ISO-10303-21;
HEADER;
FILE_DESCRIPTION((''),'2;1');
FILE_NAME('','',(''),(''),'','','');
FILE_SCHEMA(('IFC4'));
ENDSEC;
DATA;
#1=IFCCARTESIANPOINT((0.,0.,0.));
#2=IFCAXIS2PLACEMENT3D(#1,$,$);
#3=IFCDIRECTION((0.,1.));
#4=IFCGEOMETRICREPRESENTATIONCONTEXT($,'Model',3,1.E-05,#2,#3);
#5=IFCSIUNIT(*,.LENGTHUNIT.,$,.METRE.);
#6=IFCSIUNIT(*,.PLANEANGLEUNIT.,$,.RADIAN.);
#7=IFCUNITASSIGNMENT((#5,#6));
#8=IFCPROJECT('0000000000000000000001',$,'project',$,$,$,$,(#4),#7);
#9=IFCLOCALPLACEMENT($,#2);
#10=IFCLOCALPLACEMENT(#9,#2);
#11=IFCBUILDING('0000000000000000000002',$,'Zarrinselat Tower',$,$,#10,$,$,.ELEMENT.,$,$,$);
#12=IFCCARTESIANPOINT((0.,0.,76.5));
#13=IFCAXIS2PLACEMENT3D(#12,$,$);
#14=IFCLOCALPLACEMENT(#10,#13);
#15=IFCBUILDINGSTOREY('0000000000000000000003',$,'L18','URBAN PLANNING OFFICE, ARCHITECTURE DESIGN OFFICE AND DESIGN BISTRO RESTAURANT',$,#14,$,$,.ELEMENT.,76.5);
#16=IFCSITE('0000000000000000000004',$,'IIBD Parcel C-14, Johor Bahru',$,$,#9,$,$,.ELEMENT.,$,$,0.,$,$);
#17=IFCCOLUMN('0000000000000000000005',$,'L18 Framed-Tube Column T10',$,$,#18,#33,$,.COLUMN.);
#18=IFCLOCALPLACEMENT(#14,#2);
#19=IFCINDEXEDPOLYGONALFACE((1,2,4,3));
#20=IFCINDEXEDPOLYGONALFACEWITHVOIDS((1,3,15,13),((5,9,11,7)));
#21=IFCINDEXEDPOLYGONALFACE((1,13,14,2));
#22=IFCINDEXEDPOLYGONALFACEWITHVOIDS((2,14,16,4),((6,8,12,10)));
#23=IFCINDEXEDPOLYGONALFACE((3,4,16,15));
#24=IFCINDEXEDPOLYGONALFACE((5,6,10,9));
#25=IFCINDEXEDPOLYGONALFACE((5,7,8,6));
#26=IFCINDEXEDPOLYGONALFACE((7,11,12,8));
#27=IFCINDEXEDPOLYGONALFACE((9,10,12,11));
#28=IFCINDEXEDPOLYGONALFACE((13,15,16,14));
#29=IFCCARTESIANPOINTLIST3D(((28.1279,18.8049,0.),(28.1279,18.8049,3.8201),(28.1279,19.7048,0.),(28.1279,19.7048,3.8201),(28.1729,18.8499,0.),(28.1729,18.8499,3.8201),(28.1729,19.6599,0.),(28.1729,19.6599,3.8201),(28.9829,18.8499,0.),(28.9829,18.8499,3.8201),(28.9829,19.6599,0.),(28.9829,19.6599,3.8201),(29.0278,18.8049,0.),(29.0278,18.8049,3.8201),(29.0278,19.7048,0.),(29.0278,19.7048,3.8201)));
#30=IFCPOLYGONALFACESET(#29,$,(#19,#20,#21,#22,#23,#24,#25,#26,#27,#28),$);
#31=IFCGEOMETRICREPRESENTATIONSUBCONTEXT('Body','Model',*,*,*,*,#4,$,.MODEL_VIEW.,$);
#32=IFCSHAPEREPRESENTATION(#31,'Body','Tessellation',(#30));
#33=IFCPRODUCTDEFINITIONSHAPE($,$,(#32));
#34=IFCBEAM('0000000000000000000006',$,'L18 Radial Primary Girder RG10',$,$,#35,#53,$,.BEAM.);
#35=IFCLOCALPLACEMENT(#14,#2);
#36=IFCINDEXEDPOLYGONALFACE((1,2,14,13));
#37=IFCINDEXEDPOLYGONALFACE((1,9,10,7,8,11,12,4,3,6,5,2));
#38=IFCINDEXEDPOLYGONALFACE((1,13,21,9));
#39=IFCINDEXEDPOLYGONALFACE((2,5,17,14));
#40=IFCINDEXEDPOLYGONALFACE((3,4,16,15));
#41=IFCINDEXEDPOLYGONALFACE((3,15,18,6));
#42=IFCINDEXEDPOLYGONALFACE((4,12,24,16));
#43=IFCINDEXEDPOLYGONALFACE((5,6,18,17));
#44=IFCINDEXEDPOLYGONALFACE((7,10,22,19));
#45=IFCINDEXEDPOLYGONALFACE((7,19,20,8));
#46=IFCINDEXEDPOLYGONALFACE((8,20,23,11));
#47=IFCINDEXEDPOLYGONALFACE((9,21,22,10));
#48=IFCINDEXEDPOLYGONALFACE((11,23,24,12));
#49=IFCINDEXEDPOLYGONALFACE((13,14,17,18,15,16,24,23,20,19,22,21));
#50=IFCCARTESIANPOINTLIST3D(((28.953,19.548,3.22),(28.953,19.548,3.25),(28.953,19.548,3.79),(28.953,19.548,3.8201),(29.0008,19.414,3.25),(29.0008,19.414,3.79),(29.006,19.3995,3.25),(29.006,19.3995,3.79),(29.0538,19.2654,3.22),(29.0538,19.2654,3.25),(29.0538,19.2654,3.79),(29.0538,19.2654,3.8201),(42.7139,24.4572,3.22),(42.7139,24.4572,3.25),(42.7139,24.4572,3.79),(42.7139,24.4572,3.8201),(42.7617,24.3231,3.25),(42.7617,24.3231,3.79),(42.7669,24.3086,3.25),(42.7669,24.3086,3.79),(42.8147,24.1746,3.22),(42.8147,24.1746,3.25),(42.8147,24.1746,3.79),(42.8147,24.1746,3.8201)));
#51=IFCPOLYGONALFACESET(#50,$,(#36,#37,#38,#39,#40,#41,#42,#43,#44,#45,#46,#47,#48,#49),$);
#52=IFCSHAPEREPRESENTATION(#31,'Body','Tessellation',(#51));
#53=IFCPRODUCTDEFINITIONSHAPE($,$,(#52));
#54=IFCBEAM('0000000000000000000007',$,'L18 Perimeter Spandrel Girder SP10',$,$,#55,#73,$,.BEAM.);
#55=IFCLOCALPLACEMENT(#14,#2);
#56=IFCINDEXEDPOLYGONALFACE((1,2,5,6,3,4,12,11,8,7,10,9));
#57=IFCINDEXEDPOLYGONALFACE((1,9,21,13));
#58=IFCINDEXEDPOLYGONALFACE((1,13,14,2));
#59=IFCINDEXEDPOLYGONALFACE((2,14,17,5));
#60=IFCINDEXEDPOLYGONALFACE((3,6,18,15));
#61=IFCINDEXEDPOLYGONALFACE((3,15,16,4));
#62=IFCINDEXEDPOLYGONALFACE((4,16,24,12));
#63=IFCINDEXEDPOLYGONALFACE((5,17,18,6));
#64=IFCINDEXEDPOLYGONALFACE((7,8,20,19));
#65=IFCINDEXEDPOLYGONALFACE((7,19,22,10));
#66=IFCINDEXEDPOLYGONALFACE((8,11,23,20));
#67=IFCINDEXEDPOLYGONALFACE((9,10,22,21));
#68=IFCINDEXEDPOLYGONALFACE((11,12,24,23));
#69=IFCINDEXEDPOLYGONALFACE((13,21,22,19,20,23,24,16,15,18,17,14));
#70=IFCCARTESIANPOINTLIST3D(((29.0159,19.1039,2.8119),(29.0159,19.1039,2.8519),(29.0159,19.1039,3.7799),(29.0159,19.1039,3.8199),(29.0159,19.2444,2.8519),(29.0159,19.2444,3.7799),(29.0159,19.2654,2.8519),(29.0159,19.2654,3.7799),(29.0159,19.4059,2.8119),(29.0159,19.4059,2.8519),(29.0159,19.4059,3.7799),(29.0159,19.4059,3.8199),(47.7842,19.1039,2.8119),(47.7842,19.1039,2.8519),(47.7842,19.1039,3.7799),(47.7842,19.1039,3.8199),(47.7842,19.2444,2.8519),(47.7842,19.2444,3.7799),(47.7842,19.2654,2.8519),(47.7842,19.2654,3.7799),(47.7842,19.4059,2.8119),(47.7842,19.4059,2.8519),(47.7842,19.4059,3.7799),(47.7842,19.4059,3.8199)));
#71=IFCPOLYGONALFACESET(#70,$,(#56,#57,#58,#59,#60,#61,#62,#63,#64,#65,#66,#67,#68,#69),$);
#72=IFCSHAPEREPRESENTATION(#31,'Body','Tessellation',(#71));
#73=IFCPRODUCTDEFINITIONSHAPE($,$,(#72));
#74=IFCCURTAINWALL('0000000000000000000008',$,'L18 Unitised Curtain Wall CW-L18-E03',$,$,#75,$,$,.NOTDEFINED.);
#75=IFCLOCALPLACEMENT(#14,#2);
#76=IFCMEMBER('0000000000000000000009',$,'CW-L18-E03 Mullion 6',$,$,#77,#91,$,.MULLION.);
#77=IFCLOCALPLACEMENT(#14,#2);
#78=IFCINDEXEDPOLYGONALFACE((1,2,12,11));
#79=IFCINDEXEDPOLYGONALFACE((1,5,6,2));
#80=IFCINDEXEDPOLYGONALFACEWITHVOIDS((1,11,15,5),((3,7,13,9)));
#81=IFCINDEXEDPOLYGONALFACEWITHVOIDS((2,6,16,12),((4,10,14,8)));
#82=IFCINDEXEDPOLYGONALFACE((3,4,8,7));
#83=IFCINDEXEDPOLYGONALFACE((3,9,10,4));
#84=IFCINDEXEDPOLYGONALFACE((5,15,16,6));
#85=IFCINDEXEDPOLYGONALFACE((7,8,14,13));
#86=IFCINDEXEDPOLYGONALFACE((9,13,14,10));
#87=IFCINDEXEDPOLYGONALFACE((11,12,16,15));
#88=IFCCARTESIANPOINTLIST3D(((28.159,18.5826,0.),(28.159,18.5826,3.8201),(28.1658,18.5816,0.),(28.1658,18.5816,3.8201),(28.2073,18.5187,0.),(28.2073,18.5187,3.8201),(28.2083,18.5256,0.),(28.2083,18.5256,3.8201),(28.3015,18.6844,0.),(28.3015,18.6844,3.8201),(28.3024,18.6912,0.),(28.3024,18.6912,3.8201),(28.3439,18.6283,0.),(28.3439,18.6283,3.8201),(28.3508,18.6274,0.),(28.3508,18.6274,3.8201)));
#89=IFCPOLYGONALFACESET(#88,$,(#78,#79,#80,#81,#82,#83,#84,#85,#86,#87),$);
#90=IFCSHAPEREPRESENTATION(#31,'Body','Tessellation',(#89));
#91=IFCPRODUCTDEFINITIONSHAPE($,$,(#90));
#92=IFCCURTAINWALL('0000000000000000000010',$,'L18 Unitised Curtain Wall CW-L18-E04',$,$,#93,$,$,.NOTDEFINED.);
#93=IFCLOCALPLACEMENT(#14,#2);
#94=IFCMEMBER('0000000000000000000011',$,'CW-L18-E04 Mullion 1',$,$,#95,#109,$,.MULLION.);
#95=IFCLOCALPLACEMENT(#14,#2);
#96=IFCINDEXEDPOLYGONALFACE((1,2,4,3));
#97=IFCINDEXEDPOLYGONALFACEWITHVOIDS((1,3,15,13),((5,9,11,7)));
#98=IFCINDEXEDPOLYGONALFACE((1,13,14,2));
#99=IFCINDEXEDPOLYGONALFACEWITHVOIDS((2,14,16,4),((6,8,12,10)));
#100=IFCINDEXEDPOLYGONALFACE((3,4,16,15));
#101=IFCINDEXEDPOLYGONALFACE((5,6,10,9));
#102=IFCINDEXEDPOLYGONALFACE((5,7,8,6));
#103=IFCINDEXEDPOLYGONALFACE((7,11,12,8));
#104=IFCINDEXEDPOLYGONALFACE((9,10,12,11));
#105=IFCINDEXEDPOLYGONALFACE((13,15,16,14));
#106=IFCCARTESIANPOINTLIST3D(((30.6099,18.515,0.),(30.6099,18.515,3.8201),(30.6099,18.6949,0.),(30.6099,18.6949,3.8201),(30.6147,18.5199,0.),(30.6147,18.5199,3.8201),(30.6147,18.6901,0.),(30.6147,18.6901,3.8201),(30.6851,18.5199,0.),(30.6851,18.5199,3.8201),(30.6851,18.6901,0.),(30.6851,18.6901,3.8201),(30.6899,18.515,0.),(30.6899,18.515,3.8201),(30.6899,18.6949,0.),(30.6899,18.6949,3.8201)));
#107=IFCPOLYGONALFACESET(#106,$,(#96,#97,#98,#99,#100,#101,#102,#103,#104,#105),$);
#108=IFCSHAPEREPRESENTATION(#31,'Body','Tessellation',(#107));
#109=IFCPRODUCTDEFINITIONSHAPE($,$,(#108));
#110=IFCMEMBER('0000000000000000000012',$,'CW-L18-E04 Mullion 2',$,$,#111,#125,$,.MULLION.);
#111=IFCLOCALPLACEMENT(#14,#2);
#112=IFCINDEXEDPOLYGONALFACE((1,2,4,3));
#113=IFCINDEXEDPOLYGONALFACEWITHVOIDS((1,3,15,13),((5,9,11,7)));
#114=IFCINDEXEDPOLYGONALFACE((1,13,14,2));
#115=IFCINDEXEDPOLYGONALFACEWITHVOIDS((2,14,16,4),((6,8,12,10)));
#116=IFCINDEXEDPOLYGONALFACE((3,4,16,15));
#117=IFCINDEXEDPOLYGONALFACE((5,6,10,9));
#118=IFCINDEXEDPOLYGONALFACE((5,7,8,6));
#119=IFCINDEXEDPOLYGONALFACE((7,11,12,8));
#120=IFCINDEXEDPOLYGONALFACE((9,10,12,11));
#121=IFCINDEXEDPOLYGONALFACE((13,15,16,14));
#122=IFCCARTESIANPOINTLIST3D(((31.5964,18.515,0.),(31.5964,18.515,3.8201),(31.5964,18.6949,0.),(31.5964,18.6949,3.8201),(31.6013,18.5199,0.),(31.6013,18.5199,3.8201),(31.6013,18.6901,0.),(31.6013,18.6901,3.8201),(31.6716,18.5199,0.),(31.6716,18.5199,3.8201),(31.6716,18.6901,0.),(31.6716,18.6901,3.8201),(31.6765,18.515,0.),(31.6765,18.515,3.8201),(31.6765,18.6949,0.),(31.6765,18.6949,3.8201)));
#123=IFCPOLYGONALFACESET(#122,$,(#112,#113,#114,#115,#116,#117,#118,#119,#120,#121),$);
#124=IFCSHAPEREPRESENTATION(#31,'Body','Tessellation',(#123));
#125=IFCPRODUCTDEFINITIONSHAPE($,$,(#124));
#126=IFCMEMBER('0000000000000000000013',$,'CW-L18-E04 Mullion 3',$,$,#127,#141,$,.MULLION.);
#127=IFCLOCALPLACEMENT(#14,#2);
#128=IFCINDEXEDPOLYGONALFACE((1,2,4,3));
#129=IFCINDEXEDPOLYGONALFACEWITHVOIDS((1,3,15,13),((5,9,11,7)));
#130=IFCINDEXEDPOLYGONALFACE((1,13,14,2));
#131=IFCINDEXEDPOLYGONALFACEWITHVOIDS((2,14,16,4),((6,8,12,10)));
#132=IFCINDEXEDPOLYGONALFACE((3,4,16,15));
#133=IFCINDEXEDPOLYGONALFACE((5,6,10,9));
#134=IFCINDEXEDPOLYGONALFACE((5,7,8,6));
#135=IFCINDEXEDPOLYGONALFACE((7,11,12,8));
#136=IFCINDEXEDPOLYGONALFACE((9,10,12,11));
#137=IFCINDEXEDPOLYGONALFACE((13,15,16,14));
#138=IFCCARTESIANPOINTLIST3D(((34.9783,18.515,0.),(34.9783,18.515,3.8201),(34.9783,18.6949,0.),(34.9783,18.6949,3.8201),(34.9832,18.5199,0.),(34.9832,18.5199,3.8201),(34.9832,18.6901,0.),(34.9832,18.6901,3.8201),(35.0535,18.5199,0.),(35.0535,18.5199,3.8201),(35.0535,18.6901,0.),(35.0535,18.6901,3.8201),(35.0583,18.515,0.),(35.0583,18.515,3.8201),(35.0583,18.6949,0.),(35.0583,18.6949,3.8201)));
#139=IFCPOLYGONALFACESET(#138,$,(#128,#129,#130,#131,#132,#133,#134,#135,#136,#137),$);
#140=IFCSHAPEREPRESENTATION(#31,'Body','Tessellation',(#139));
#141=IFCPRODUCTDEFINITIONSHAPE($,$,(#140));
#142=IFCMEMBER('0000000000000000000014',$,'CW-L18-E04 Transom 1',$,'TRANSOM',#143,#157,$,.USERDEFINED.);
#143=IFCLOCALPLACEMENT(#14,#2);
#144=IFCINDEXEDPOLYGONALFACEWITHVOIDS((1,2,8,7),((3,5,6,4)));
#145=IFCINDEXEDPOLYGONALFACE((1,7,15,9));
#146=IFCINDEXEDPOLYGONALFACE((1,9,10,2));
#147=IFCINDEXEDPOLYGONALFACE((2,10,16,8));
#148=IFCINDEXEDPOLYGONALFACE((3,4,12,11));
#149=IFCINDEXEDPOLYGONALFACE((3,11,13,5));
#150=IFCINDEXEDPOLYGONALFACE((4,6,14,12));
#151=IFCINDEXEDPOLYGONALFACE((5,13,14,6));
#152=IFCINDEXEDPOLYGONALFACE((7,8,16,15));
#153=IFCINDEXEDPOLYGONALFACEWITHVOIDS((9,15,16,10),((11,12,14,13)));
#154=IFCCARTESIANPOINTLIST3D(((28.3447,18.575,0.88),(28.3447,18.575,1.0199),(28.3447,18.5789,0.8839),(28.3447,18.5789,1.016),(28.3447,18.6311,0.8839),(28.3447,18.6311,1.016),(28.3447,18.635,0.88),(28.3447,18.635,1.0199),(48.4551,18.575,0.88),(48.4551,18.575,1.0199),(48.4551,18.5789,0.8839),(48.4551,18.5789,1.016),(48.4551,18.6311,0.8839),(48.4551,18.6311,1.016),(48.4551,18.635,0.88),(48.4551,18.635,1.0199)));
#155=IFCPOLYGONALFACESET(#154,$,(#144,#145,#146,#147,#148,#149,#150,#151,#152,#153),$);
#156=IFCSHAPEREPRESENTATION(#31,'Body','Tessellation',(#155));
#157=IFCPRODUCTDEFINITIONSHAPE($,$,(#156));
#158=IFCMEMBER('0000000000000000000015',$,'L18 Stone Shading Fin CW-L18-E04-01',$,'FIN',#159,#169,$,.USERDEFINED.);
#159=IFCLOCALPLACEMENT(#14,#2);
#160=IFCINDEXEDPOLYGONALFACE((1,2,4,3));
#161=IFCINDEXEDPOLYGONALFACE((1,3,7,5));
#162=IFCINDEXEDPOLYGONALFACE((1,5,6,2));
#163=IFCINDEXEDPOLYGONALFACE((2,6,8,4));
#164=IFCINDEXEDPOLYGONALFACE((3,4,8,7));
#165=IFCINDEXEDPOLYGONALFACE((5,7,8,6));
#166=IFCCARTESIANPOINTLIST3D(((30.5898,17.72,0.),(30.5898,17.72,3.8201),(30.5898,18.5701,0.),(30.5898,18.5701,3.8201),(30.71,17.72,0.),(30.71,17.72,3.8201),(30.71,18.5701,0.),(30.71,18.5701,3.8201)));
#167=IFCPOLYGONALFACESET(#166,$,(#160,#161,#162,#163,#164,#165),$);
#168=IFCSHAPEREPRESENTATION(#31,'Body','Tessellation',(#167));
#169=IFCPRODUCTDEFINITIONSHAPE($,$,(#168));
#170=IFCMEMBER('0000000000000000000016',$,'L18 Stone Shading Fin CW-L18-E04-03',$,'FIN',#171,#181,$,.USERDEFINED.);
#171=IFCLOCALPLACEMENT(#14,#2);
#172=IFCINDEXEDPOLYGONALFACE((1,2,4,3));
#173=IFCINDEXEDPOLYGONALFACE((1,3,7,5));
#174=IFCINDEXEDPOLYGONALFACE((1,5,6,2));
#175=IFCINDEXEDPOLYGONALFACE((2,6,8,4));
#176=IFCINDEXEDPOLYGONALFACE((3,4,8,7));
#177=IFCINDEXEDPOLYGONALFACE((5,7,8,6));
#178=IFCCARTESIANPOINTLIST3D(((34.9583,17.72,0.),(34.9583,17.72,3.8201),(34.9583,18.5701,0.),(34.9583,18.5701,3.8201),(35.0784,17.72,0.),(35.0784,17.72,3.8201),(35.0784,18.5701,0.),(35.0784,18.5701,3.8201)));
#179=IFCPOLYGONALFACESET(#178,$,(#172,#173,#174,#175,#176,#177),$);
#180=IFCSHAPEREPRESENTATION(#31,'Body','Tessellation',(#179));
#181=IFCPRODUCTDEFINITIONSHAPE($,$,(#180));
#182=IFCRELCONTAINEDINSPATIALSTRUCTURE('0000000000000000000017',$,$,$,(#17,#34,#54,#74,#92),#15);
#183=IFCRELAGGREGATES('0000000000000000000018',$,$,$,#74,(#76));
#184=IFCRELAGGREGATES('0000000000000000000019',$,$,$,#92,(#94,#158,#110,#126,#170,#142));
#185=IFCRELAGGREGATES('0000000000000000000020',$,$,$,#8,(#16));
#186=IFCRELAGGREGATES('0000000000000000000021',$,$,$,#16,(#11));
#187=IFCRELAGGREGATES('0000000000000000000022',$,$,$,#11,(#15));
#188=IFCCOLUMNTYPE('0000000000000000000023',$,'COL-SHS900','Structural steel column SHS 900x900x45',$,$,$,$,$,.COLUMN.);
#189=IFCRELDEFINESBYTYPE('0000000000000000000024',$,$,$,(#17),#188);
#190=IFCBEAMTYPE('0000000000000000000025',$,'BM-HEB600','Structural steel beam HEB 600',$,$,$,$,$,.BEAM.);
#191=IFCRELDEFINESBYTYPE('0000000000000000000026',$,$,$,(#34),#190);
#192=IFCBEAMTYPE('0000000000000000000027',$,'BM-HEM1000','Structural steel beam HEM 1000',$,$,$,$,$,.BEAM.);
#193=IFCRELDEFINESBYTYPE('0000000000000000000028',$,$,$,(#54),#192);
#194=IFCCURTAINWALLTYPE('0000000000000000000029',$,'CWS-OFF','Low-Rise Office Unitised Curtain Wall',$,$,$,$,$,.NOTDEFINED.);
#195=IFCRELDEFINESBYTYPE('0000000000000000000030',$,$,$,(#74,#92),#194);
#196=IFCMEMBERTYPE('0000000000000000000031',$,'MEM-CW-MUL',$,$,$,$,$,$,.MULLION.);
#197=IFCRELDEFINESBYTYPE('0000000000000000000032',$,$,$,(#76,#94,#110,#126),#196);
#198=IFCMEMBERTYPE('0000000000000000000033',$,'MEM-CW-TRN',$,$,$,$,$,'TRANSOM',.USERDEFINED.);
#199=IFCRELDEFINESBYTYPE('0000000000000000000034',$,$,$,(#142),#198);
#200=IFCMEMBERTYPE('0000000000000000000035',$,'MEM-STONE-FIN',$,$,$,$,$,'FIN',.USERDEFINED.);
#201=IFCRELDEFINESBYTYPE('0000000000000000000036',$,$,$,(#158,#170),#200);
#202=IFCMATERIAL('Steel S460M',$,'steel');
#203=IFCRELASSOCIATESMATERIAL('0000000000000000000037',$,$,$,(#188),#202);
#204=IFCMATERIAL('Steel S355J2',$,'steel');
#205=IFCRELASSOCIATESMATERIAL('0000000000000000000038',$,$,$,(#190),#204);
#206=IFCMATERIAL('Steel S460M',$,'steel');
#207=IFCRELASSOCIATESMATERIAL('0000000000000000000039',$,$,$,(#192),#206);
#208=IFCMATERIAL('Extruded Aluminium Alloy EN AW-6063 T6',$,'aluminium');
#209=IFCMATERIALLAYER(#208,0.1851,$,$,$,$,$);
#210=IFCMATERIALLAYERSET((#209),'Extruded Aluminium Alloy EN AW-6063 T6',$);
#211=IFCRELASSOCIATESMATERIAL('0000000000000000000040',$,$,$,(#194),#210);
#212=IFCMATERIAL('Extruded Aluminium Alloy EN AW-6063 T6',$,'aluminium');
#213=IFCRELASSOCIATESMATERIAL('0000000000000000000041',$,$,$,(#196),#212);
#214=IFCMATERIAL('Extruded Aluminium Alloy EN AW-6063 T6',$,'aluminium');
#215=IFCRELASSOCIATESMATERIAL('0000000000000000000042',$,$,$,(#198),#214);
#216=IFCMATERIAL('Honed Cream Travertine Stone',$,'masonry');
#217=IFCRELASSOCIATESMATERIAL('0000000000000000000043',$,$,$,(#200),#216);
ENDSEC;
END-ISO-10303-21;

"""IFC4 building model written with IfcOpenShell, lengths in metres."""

from ifc_helpers import new_model, si_unit, direction, frame, origin, origin_2d, place, context, subcontext, project, spatial, rectangle, hollow_rectangle, i_section, extrude, material, layer, layer_set, material_profile, profile_set, type_object, element, aggregate, save


model = new_model("IFC4")

# Units and contexts
model_context = context("Model", 3, precision=1e-05, world=origin(), true_north=direction((0.0, 1.0)))
body_context = subcontext(model_context, "Body", "Model", "MODEL_VIEW")
ifc_project = project(units=[si_unit("LENGTHUNIT", "METRE"), si_unit("PLANEANGLEUNIT", "RADIAN")], contexts=[model_context])

# Site, building, storey
site_placement = place(None, origin())
site = spatial("IfcSite", under=ifc_project, at=site_placement, Name="IIBD Parcel C-14, Johor Bahru", CompositionType="ELEMENT", RefElevation=0.0)
building_placement = place(site_placement, origin())
building = spatial("IfcBuilding", under=site, at=building_placement, Name="Zarrinselat Tower", CompositionType="ELEMENT")
storey_placement = place(building_placement, frame((0.0, 0.0, 76.5)))
storey = spatial("IfcBuildingStorey", under=building, at=storey_placement, Name="L18", Description="URBAN PLANNING OFFICE, ARCHITECTURE DESIGN OFFICE AND DESIGN BISTRO RESTAURANT", CompositionType="ELEMENT", Elevation=76.5)

# Column
ifc_material_1 = material(Name="Steel S460M", Category="steel")
ifc_material_profile_1 = material_profile(ifc_material_1, hollow_rectangle(XDim=0.8999, YDim=0.8999, WallThickness=0.0449, at=origin_2d()), Name="SHS 900x900x45")
ifc_profile_set_1 = profile_set([ifc_material_profile_1], Name="Steel S460M")
column_type = type_object("IfcColumnType", Name="COL-SHS900", Description="Structural steel column SHS 900x900x45", PredefinedType="COLUMN", material=ifc_profile_set_1)
column_placement = place(storey_placement, frame((28.5779, 19.2549, 0.0), z_axis=(0.0, 0.0, 1.0), x_axis=(1.0, 0.0, 0.0)))
element("IfcColumn", 1, at=column_placement, inside=storey, type_object=column_type, Name="L18 Framed-Tube Column T10", PredefinedType="COLUMN", context=body_context, shape_type="SweptSolid", body=[
    extrude(hollow_rectangle(XDim=0.8999, YDim=0.8999, WallThickness=0.0449, at=origin_2d()), origin(), (0.0, 0.0, 1.0), 3.8201),
])

# Beams
ifc_material_2 = material(Name="Steel S355J2", Category="steel")
ifc_material_profile_2 = material_profile(ifc_material_2, i_section(OverallWidth=0.3, OverallDepth=0.6001, WebThickness=0.0154, FlangeThickness=0.03, at=origin_2d()), Name="HEB 600")
ifc_profile_set_2 = profile_set([ifc_material_profile_2], Name="Steel S355J2")
beam_type_1 = type_object("IfcBeamType", Name="BM-HEB600", Description="Structural steel beam HEB 600", PredefinedType="BEAM", material=ifc_profile_set_2)
beam_1_placement = place(storey_placement, frame((29.0034, 19.4067, 3.52), z_axis=(0.94186, 0.336005, 0.0), x_axis=(-0.336005, 0.94186, 0.0)))
element("IfcBeam", 2, at=beam_1_placement, inside=storey, type_object=beam_type_1, Name="L18 Radial Primary Girder RG10", PredefinedType="BEAM", context=body_context, shape_type="SweptSolid", body=[
    extrude(i_section(OverallWidth=0.3, OverallDepth=0.6001, WebThickness=0.0154, FlangeThickness=0.03, at=origin_2d()), origin(), (0.0, 0.0, 1.0), 14.6104),
])
ifc_material_3 = material(Name="Steel S460M", Category="steel")
ifc_material_profile_3 = material_profile(ifc_material_3, i_section(OverallWidth=0.302, OverallDepth=1.0081, WebThickness=0.021, FlangeThickness=0.04, at=origin_2d()), Name="HEM 1000")
ifc_profile_set_3 = profile_set([ifc_material_profile_3], Name="Steel S460M")
beam_type_2 = type_object("IfcBeamType", Name="BM-HEM1000", Description="Structural steel beam HEM 1000", PredefinedType="BEAM", material=ifc_profile_set_3)
beam_2_placement = place(storey_placement, frame((29.0159, 19.2549, 3.3159), z_axis=(1.0, 0.0, 0.0), x_axis=(0.0, 1.0, 0.0)))
element("IfcBeam", 3, at=beam_2_placement, inside=storey, type_object=beam_type_2, Name="L18 Perimeter Spandrel Girder SP10", PredefinedType="BEAM", context=body_context, shape_type="SweptSolid", body=[
    extrude(i_section(OverallWidth=0.302, OverallDepth=1.0081, WebThickness=0.021, FlangeThickness=0.04, at=origin_2d()), origin(), (0.0, 0.0, 1.0), 18.7683),
])

# Curtain wall, member
ifc_material_4 = material(Name="Extruded Aluminium Alloy EN AW-6063 T6", Category="aluminium")
ifc_layer_1 = layer(ifc_material_4, 0.1851)
ifc_layer_set_1 = layer_set([ifc_layer_1], Name="Extruded Aluminium Alloy EN AW-6063 T6")
curtain_wall_type = type_object("IfcCurtainWallType", Name="CWS-OFF", Description="Low-Rise Office Unitised Curtain Wall", PredefinedType="NOTDEFINED", material=ifc_layer_set_1)
curtain_wall_1_placement = place(storey_placement, origin())
curtain_wall_1 = element("IfcCurtainWall", 4, at=curtain_wall_1_placement, inside=storey, type_object=curtain_wall_type, Name="L18 Unitised Curtain Wall CW-L18-E03", PredefinedType="NOTDEFINED")
ifc_material_5 = material(Name="Extruded Aluminium Alloy EN AW-6063 T6", Category="aluminium")
ifc_material_profile_4 = material_profile(ifc_material_5, hollow_rectangle(XDim=0.0801, YDim=0.1799, WallThickness=0.0049, at=origin_2d()), Name="RHS 180x80x5")
ifc_profile_set_4 = profile_set([ifc_material_profile_4], Name="Extruded Aluminium Alloy EN AW-6063 T6")
member_type_1 = type_object("IfcMemberType", Name="MEM-CW-MUL", PredefinedType="MULLION", material=ifc_profile_set_4)
member_1_placement = place(storey_placement, frame((28.2549, 18.605, 0.0), z_axis=(0.0, 0.0, 1.0), x_axis=(0.603855, -0.797094, 0.0)))
member_1 = element("IfcMember", 5, at=member_1_placement, type_object=member_type_1, Name="CW-L18-E03 Mullion 6", PredefinedType="MULLION", context=body_context, shape_type="SweptSolid", body=[
    extrude(hollow_rectangle(XDim=0.0801, YDim=0.1799, WallThickness=0.0049, at=origin_2d()), origin(), (0.0, 0.0, 1.0), 3.8201),
])

# Curtain wall, members
curtain_wall_2_placement = place(storey_placement, origin())
curtain_wall_2 = element("IfcCurtainWall", 6, at=curtain_wall_2_placement, inside=storey, type_object=curtain_wall_type, Name="L18 Unitised Curtain Wall CW-L18-E04", PredefinedType="NOTDEFINED")
member_2_placement = place(storey_placement, frame((30.6499, 18.605, 0.0), z_axis=(0.0, 0.0, 1.0), x_axis=(1.0, 0.0, 0.0)))
member_2 = element("IfcMember", 7, at=member_2_placement, type_object=member_type_1, Name="CW-L18-E04 Mullion 1", PredefinedType="MULLION", context=body_context, shape_type="SweptSolid", body=[
    extrude(hollow_rectangle(XDim=0.0801, YDim=0.1799, WallThickness=0.0049, at=origin_2d()), origin(), (0.0, 0.0, 1.0), 3.8201),
])
member_3_placement = place(storey_placement, frame((31.6365, 18.605, 0.0), z_axis=(0.0, 0.0, 1.0), x_axis=(1.0, 0.0, 0.0)))
member_3 = element("IfcMember", 8, at=member_3_placement, type_object=member_type_1, Name="CW-L18-E04 Mullion 2", PredefinedType="MULLION", context=body_context, shape_type="SweptSolid", body=[
    extrude(hollow_rectangle(XDim=0.0801, YDim=0.1799, WallThickness=0.0049, at=origin_2d()), origin(), (0.0, 0.0, 1.0), 3.8201),
])
member_4_placement = place(storey_placement, frame((35.0183, 18.605, 0.0), z_axis=(0.0, 0.0, 1.0), x_axis=(1.0, 0.0, 0.0)))
member_4 = element("IfcMember", 9, at=member_4_placement, type_object=member_type_1, Name="CW-L18-E04 Mullion 3", PredefinedType="MULLION", context=body_context, shape_type="SweptSolid", body=[
    extrude(hollow_rectangle(XDim=0.0801, YDim=0.1799, WallThickness=0.0049, at=origin_2d()), origin(), (0.0, 0.0, 1.0), 3.8201),
])
ifc_material_6 = material(Name="Extruded Aluminium Alloy EN AW-6063 T6", Category="aluminium")
ifc_material_profile_5 = material_profile(ifc_material_6, hollow_rectangle(XDim=0.0601, YDim=0.1399, WallThickness=0.0039, at=origin_2d()), Name="RHS 140x60x4")
ifc_profile_set_5 = profile_set([ifc_material_profile_5], Name="Extruded Aluminium Alloy EN AW-6063 T6")
member_type_2 = type_object("IfcMemberType", Name="MEM-CW-TRN", ElementType="TRANSOM", PredefinedType="USERDEFINED", material=ifc_profile_set_5)
member_5_placement = place(storey_placement, frame((28.3447, 18.605, 0.95), z_axis=(1.0, 0.0, 0.0), x_axis=(0.0, 1.0, 0.0)))
member_5 = element("IfcMember", 10, at=member_5_placement, type_object=member_type_2, Name="CW-L18-E04 Transom 1", ObjectType="TRANSOM", PredefinedType="USERDEFINED", context=body_context, shape_type="SweptSolid", body=[
    extrude(hollow_rectangle(XDim=0.0601, YDim=0.1399, WallThickness=0.0039, at=origin_2d()), origin(), (0.0, 0.0, 1.0), 20.1104),
])
ifc_material_7 = material(Name="Honed Cream Travertine Stone", Category="masonry")
ifc_material_profile_6 = material_profile(ifc_material_7, rectangle(XDim=0.1201, YDim=0.8501, at=origin_2d()), Name="FIN 850x120")
ifc_profile_set_6 = profile_set([ifc_material_profile_6], Name="Honed Cream Travertine Stone")
member_type_3 = type_object("IfcMemberType", Name="MEM-STONE-FIN", ElementType="FIN", PredefinedType="USERDEFINED", material=ifc_profile_set_6)
member_6_placement = place(storey_placement, frame((30.6499, 18.145, 0.0), z_axis=(0.0, 0.0, 1.0), x_axis=(-1.0, 0.0, 0.0)))
member_6 = element("IfcMember", 11, at=member_6_placement, type_object=member_type_3, Name="L18 Stone Shading Fin CW-L18-E04-01", ObjectType="FIN", PredefinedType="USERDEFINED", context=body_context, shape_type="SweptSolid", body=[
    extrude(rectangle(XDim=0.1201, YDim=0.8501, at=origin_2d()), origin(), (0.0, 0.0, 1.0), 3.8201),
])
member_7_placement = place(storey_placement, frame((35.0183, 18.145, 0.0), z_axis=(0.0, 0.0, 1.0), x_axis=(-1.0, 0.0, 0.0)))
member_7 = element("IfcMember", 12, at=member_7_placement, type_object=member_type_3, Name="L18 Stone Shading Fin CW-L18-E04-03", ObjectType="FIN", PredefinedType="USERDEFINED", context=body_context, shape_type="SweptSolid", body=[
    extrude(rectangle(XDim=0.1201, YDim=0.8501, at=origin_2d()), origin(), (0.0, 0.0, 1.0), 3.8201),
])

aggregate(curtain_wall_1, [member_1])
aggregate(curtain_wall_2, [member_2, member_6, member_3, member_4, member_7, member_5])

save(model, "model.ifc")
